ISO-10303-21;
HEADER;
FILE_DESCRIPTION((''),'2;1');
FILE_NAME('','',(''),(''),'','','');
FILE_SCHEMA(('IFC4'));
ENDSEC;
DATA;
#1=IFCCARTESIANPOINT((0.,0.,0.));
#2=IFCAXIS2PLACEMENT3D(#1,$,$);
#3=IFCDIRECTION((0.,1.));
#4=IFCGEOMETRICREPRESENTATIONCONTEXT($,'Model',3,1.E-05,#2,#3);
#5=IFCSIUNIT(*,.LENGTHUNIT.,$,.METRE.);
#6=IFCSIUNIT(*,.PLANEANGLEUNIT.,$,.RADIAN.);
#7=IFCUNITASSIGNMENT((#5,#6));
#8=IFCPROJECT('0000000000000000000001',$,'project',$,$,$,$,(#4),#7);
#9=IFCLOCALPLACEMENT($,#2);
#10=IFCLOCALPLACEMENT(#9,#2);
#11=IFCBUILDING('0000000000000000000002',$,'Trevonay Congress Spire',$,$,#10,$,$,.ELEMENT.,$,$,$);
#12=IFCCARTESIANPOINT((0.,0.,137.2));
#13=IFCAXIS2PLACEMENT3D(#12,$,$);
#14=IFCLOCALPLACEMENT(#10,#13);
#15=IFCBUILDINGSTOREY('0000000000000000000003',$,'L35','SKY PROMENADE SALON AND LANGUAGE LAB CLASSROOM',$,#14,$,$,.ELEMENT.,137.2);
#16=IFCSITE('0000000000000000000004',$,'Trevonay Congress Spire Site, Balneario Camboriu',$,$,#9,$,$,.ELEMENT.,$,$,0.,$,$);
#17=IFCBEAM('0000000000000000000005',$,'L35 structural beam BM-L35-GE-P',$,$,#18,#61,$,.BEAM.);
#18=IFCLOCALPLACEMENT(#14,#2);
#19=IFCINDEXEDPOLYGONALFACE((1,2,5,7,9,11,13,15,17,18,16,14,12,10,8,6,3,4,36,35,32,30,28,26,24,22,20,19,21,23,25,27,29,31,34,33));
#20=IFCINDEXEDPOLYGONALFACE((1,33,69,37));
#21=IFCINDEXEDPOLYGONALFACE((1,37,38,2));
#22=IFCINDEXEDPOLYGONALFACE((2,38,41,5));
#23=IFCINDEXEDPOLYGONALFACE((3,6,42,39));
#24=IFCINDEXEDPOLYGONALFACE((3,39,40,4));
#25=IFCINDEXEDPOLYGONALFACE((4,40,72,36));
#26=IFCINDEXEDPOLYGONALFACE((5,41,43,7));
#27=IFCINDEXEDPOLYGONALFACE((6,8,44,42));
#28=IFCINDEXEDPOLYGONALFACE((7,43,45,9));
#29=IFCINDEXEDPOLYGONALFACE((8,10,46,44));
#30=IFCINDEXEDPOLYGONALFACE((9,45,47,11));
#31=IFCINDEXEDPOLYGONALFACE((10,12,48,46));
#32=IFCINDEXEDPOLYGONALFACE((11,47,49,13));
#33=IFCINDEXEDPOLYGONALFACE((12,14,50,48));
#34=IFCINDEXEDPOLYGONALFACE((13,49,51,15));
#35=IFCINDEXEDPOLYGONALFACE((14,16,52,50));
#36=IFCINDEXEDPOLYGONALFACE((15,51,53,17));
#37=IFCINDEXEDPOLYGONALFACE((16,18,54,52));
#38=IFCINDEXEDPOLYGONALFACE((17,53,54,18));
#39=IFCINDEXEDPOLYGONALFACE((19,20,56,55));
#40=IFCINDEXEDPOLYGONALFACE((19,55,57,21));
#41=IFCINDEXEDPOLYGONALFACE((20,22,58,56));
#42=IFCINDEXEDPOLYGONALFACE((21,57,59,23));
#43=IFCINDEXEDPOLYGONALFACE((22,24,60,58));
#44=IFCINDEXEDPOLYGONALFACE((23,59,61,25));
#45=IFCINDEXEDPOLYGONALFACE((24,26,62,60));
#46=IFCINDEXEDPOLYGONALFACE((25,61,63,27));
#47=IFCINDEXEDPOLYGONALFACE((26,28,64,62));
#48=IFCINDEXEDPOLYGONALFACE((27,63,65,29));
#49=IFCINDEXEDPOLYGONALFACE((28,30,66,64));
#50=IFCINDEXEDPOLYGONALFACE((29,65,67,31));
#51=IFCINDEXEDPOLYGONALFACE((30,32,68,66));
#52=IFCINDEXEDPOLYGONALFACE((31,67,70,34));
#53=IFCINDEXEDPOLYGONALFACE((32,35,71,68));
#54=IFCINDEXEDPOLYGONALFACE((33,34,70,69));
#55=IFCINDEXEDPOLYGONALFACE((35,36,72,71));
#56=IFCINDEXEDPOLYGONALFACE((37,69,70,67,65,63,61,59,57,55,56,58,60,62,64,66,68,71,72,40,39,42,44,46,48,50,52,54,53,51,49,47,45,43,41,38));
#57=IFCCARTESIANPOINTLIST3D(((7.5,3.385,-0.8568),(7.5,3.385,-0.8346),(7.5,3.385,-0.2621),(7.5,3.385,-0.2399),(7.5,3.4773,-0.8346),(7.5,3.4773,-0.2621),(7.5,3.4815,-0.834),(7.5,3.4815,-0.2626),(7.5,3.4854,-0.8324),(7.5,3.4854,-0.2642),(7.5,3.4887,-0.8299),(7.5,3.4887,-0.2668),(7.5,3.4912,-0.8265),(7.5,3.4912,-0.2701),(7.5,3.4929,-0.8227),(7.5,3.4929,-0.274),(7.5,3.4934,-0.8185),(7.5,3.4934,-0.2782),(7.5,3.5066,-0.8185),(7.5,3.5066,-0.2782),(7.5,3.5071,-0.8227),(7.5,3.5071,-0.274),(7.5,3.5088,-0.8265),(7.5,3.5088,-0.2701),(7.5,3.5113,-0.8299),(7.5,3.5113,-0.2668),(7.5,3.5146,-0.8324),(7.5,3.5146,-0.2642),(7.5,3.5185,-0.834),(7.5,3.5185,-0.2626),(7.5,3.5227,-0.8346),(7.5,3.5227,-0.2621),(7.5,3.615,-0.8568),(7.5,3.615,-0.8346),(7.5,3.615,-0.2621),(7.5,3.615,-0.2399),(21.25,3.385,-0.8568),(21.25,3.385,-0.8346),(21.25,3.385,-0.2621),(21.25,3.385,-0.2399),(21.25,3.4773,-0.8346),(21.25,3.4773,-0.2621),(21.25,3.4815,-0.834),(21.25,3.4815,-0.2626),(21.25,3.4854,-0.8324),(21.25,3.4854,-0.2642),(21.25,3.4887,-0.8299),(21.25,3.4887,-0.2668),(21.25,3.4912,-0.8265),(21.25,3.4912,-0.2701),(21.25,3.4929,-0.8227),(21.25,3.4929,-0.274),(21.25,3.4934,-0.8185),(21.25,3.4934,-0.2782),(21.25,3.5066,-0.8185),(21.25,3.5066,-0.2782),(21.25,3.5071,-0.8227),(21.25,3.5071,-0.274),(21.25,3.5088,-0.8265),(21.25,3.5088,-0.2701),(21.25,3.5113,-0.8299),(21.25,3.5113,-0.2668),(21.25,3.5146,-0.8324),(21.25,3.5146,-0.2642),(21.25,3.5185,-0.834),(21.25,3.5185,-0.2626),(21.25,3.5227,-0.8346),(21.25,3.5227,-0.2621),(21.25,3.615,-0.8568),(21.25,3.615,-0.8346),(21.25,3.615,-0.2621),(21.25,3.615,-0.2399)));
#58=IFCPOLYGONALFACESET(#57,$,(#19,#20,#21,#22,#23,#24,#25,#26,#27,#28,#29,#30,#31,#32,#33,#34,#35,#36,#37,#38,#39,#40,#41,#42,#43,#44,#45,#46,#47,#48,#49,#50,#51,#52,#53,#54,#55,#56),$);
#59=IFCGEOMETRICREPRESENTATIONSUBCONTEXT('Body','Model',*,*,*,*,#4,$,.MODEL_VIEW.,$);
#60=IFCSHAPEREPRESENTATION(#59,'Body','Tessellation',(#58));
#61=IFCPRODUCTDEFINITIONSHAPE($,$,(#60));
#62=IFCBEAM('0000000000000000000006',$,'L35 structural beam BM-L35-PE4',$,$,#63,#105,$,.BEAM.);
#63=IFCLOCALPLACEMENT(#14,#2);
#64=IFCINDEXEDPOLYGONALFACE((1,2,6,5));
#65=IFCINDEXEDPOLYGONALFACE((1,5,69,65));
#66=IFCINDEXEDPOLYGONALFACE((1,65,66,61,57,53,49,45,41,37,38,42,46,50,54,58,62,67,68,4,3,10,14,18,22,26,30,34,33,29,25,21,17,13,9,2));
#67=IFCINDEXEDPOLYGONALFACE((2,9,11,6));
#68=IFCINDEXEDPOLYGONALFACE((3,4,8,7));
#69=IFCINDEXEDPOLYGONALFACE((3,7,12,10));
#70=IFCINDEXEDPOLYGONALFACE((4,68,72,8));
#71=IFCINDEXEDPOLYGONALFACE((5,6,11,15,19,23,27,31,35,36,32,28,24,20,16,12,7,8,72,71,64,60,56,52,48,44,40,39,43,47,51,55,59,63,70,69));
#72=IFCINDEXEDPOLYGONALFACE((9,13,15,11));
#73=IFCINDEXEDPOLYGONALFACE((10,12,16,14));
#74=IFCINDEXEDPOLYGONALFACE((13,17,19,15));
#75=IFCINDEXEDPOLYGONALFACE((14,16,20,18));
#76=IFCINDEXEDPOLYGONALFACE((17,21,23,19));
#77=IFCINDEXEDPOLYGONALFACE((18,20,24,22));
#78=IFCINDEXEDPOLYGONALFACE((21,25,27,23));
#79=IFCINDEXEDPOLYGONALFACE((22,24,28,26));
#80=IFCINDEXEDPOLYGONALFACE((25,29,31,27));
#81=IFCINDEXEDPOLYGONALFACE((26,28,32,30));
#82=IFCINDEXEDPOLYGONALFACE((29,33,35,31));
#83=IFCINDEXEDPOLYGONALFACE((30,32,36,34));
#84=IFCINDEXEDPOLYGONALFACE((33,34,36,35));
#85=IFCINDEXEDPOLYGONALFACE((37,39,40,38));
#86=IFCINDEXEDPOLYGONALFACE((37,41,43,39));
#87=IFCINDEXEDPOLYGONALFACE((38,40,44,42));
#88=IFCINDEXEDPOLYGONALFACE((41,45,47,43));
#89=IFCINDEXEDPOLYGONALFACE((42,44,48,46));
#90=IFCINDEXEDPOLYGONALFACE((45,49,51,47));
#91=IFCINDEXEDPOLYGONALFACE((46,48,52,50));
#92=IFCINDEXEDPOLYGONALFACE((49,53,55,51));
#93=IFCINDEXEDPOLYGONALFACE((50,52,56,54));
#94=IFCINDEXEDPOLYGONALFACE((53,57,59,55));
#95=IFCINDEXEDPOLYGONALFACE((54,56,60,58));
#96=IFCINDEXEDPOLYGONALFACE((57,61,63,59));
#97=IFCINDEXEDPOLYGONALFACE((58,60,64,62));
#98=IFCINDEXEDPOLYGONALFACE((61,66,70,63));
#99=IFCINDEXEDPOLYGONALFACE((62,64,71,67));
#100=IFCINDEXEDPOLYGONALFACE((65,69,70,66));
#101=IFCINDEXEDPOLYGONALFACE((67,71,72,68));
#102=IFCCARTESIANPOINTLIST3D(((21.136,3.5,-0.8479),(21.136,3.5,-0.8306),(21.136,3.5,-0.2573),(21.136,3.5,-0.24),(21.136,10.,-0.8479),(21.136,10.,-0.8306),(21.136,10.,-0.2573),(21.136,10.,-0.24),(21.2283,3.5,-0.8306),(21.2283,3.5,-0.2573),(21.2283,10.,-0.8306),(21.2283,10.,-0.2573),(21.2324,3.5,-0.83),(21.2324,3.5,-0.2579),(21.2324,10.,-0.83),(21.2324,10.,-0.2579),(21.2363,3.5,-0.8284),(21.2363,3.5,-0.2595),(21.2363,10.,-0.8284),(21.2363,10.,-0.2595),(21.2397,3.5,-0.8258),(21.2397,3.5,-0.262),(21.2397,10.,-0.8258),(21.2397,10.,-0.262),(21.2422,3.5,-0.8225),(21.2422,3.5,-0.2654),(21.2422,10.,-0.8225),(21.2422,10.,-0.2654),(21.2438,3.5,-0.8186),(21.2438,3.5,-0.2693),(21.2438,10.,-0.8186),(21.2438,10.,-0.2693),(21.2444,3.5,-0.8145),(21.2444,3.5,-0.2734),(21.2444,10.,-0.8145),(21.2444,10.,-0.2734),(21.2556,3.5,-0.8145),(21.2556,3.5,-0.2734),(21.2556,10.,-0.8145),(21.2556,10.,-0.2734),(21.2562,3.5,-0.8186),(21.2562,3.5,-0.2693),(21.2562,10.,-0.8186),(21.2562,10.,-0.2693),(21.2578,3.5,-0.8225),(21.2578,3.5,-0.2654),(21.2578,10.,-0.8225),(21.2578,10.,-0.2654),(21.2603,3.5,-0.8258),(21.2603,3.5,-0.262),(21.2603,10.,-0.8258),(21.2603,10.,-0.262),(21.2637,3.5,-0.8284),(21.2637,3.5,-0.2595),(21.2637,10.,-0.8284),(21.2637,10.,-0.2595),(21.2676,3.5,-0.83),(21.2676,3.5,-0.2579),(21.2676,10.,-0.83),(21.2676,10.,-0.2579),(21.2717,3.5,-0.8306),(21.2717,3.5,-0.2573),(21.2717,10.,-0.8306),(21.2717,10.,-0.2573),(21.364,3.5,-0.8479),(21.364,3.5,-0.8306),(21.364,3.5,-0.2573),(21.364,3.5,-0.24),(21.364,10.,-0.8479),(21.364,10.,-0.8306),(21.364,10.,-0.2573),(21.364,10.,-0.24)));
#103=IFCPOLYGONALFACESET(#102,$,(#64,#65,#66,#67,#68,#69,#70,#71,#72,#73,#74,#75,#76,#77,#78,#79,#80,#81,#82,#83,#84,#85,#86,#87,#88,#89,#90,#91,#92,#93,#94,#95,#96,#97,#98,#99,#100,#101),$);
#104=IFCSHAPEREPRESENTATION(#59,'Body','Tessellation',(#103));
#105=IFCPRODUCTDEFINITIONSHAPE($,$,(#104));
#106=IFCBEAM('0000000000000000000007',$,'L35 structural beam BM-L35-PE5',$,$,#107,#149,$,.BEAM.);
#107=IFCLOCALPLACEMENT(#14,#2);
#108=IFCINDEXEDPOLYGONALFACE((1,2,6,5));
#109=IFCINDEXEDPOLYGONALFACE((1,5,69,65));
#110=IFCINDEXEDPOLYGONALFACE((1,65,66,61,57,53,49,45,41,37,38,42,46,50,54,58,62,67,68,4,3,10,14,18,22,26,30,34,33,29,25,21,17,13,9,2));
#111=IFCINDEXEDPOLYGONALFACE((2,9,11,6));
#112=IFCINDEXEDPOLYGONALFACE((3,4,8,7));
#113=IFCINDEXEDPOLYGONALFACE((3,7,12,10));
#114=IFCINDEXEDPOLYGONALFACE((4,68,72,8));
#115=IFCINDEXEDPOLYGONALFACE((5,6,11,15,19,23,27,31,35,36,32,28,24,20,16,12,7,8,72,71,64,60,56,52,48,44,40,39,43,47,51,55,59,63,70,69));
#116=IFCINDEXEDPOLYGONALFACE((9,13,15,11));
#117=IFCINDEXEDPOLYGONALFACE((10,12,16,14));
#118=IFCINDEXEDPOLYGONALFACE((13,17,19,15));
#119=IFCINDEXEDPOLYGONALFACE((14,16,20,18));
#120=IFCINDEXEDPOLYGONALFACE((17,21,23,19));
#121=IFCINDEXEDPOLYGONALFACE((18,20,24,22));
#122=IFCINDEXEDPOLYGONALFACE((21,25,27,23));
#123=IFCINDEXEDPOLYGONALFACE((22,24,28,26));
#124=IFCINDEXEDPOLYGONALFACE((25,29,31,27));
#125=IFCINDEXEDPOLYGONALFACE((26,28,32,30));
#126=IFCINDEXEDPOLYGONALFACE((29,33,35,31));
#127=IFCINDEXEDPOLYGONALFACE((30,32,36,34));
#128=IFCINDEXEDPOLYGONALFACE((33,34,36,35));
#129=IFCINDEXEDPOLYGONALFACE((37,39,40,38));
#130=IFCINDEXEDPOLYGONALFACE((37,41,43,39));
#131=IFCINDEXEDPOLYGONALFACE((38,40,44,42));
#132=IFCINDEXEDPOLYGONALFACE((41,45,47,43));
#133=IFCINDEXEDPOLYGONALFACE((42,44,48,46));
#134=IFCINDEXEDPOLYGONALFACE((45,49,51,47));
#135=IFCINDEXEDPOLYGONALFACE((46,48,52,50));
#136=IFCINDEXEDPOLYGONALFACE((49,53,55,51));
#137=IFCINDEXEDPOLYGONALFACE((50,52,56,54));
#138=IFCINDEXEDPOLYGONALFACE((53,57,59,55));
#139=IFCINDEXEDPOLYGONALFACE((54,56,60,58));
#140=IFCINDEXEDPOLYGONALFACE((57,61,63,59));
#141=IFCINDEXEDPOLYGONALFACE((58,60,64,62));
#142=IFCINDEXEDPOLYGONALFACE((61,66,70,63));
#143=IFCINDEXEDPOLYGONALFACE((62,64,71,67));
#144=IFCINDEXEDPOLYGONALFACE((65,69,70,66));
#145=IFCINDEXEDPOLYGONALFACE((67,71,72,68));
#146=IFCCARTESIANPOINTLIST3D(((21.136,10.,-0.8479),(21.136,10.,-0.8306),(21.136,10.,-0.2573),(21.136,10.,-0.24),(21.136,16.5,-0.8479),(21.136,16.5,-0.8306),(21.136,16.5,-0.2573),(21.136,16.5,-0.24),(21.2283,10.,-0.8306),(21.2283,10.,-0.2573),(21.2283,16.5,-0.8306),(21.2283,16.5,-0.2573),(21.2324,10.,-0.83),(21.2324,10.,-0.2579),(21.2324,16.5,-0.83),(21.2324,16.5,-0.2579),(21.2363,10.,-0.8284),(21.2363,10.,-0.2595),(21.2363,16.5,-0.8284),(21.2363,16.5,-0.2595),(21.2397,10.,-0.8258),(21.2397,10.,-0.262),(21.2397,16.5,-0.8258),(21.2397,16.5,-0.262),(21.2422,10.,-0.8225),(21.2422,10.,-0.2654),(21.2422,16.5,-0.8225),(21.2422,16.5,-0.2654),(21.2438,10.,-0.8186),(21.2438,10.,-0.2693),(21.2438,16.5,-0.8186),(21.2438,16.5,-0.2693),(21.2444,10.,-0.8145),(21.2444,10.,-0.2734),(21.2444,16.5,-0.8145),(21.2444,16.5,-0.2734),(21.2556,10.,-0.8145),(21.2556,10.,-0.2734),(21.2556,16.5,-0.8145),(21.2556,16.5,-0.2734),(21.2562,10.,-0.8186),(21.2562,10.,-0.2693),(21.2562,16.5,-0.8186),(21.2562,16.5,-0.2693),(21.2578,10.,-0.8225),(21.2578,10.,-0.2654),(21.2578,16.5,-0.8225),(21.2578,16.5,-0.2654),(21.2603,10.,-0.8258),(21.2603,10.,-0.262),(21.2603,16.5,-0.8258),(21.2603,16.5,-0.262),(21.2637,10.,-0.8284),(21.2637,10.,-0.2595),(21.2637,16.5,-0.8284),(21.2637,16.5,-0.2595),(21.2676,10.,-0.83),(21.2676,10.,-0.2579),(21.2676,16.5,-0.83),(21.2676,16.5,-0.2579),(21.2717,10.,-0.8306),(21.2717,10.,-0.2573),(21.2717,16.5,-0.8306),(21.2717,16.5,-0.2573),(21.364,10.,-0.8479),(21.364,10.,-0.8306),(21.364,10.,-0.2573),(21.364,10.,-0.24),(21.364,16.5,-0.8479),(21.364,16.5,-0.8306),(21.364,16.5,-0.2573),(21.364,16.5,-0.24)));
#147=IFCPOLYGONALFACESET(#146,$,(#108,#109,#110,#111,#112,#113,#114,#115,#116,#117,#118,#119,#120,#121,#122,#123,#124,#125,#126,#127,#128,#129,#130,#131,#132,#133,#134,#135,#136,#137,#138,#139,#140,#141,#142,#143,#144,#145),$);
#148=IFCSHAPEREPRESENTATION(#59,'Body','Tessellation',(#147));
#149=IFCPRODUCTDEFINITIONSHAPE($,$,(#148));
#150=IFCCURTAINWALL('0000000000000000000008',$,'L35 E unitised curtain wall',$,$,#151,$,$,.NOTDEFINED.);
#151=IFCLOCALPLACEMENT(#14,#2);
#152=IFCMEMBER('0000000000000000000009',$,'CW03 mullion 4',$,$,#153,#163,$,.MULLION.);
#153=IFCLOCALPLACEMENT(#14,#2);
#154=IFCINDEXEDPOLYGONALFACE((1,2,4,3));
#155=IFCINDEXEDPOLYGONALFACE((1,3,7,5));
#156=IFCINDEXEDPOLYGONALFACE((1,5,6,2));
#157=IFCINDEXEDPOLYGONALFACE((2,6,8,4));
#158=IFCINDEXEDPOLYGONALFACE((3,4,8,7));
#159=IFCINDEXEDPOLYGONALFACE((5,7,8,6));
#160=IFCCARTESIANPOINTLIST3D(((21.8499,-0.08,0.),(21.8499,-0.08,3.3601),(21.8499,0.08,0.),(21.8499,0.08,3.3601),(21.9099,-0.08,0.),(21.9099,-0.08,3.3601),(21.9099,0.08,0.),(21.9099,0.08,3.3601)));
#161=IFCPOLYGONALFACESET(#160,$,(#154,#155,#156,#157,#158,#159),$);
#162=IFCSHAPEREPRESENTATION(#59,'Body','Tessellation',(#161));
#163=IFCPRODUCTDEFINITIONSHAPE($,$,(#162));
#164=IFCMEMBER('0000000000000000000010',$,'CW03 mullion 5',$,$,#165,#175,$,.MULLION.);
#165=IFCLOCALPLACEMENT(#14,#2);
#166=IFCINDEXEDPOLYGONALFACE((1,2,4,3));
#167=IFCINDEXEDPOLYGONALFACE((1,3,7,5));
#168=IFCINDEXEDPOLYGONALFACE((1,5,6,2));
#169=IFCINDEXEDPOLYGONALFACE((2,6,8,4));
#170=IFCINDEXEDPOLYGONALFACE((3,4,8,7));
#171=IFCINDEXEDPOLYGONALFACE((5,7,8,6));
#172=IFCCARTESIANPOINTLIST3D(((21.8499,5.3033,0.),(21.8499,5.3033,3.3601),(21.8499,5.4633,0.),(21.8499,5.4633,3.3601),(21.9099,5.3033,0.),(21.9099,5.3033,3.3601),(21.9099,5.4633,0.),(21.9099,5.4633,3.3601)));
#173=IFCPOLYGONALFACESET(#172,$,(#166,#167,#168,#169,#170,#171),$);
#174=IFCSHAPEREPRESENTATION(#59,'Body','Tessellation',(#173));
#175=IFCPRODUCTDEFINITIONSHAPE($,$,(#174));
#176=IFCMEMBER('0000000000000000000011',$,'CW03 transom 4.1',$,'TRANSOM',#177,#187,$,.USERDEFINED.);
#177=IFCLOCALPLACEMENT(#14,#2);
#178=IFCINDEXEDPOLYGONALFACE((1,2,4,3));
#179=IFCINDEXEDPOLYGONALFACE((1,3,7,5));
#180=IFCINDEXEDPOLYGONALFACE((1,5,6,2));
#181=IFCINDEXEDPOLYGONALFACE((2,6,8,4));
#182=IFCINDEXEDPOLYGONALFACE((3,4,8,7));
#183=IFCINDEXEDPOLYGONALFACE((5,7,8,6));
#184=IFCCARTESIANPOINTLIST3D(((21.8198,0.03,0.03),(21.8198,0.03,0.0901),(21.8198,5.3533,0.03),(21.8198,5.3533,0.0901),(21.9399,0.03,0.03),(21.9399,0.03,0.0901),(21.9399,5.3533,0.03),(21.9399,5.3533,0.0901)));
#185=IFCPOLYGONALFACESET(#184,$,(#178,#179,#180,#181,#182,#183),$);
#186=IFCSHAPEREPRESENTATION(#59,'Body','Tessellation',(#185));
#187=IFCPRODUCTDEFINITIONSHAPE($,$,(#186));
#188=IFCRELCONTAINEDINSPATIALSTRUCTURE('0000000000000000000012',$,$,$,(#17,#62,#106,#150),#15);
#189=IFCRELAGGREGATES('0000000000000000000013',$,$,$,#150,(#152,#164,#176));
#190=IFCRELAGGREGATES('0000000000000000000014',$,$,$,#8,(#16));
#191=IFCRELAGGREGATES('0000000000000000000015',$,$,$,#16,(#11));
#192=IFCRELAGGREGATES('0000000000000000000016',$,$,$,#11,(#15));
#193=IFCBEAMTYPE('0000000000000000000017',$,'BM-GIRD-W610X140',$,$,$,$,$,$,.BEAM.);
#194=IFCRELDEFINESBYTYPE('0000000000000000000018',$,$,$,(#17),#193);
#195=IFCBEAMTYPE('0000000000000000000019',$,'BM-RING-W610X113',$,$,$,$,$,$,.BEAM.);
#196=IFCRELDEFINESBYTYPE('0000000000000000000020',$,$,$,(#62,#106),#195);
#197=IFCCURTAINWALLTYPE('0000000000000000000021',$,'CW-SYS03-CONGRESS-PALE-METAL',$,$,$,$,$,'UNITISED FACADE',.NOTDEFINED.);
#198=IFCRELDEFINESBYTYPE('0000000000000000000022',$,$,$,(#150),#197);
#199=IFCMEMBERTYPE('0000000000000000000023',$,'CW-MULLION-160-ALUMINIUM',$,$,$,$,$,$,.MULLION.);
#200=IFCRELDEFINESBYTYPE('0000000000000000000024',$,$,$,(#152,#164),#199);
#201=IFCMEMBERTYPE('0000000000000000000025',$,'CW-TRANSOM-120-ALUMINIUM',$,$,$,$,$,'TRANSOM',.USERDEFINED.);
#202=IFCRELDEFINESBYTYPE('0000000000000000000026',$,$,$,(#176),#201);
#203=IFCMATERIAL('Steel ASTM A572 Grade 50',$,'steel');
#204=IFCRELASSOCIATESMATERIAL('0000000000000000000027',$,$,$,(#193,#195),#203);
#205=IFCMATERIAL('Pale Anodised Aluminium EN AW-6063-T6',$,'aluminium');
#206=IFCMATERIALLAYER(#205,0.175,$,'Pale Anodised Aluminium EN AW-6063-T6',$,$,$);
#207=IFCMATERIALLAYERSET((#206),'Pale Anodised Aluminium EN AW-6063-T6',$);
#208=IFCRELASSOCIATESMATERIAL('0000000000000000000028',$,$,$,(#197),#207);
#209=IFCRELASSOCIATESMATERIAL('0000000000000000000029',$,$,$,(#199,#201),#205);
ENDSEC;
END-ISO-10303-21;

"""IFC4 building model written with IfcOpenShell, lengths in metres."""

from ifc_helpers import new_model, si_unit, direction, frame, origin, origin_2d, place, context, subcontext, project, spatial, rectangle, i_section, extrude, material, layer, layer_set, material_profile, profile_set, type_object, element, aggregate, save


model = new_model("IFC4")

# Units and contexts
model_context = context("Model", 3, precision=1e-05, world=origin(), true_north=direction((0.0, 1.0)))
body_context = subcontext(model_context, "Body", "Model", "MODEL_VIEW")
ifc_project = project(units=[si_unit("LENGTHUNIT", "METRE"), si_unit("PLANEANGLEUNIT", "RADIAN")], contexts=[model_context])

# Site, building, storey
site_placement = place(None, origin())
site = spatial("IfcSite", under=ifc_project, at=site_placement, Name="Trevonay Congress Spire Site, Balneario Camboriu", CompositionType="ELEMENT", RefElevation=0.0)
building_placement = place(site_placement, origin())
building = spatial("IfcBuilding", under=site, at=building_placement, Name="Trevonay Congress Spire", CompositionType="ELEMENT")
storey_placement = place(building_placement, frame((0.0, 0.0, 137.2)))
storey = spatial("IfcBuildingStorey", under=building, at=storey_placement, Name="L35", Description="SKY PROMENADE SALON AND LANGUAGE LAB CLASSROOM", CompositionType="ELEMENT", Elevation=137.2)

# Shared definitions
ifc_material_1 = material(Name="Steel ASTM A572 Grade 50", Category="steel")

# Beams
ifc_material_profile_1 = material_profile(ifc_material_1, i_section(OverallWidth=0.23, OverallDepth=0.6169, WebThickness=0.0132, FlangeThickness=0.0222, FilletRadius=0.0161, at=origin_2d()), Name="W610x140")
ifc_profile_set_1 = profile_set([ifc_material_profile_1], Name="Steel ASTM A572 Grade 50")
beam_type_1 = type_object("IfcBeamType", Name="BM-GIRD-W610X140", PredefinedType="BEAM", material=ifc_profile_set_1)
beam_1_placement = place(storey_placement, frame((7.5, 3.5, -0.5483), z_axis=(1.0, 0.0, 0.0), x_axis=(0.0, 1.0, 0.0)))
element("IfcBeam", 1, at=beam_1_placement, inside=storey, type_object=beam_type_1, Name="L35 structural beam BM-L35-GE-P", PredefinedType="BEAM", context=body_context, shape_type="SweptSolid", body=[
    extrude(i_section(OverallWidth=0.23, OverallDepth=0.6169, WebThickness=0.0132, FlangeThickness=0.0222, FilletRadius=0.0161, at=origin_2d()), origin(), (0.0, 0.0, 1.0), 13.75),
])
ifc_material_profile_2 = material_profile(ifc_material_1, i_section(OverallWidth=0.228, OverallDepth=0.6079, WebThickness=0.0112, FlangeThickness=0.0173, FilletRadius=0.0161, at=origin_2d()), Name="W610x113")
ifc_profile_set_2 = profile_set([ifc_material_profile_2], Name="Steel ASTM A572 Grade 50")
beam_type_2 = type_object("IfcBeamType", Name="BM-RING-W610X113", PredefinedType="BEAM", material=ifc_profile_set_2)
for number, where, z_axis, x_axis, name in (
    (2, (21.25, 3.5, -0.5439), (0.0, 1.0, 0.0), (-1.0, 0.0, 0.0), "L35 structural beam BM-L35-PE4"),
    (3, (21.25, 10.0, -0.5439), (0.0, 1.0, 0.0), (-1.0, 0.0, 0.0), "L35 structural beam BM-L35-PE5"),
):
    element("IfcBeam", number, at=place(storey_placement, frame(where, z_axis=z_axis, x_axis=x_axis)), inside=storey, type_object=beam_type_2, Name=name, PredefinedType="BEAM", context=body_context, shape_type="SweptSolid", body=[
        extrude(i_section(OverallWidth=0.228, OverallDepth=0.6079, WebThickness=0.0112, FlangeThickness=0.0173, FilletRadius=0.0161, at=origin_2d()), origin(), (0.0, 0.0, 1.0), 6.5),
    ])

# Curtain wall, members
ifc_material_2 = material(Name="Pale Anodised Aluminium EN AW-6063-T6", Category="aluminium")
ifc_layer_1 = layer(ifc_material_2, 0.175, Name="Pale Anodised Aluminium EN AW-6063-T6")
ifc_layer_set_1 = layer_set([ifc_layer_1], Name="Pale Anodised Aluminium EN AW-6063-T6")
curtain_wall_type = type_object("IfcCurtainWallType", Name="CW-SYS03-CONGRESS-PALE-METAL", ElementType="UNITISED FACADE", PredefinedType="NOTDEFINED", material=ifc_layer_set_1)
curtain_wall_placement = place(storey_placement, origin())
curtain_wall = element("IfcCurtainWall", 4, at=curtain_wall_placement, inside=storey, type_object=curtain_wall_type, Name="L35 E unitised curtain wall", PredefinedType="NOTDEFINED")
ifc_material_profile_3 = material_profile(ifc_material_2, rectangle(XDim=0.0601, YDim=0.1599, at=origin_2d()), Name="CW-MULLION-160-ALUMINIUM")
ifc_profile_set_3 = profile_set([ifc_material_profile_3], Name="Pale Anodised Aluminium EN AW-6063-T6")
member_type_1 = type_object("IfcMemberType", Name="CW-MULLION-160-ALUMINIUM", PredefinedType="MULLION", material=ifc_profile_set_3)
member_1_placement = place(storey_placement, frame((21.8799, 0.0, 0.0), z_axis=(0.0, 0.0, 1.0), x_axis=(-1.0, 0.0, 0.0)))
member_1 = element("IfcMember", 5, at=member_1_placement, type_object=member_type_1, Name="CW03 mullion 4", PredefinedType="MULLION", context=body_context, shape_type="SweptSolid", body=[
    extrude(rectangle(XDim=0.0601, YDim=0.1599, at=origin_2d()), origin(), (0.0, 0.0, 1.0), 3.3601),
])
member_2_placement = place(storey_placement, frame((21.8799, 5.3833, 0.0), z_axis=(0.0, 0.0, 1.0), x_axis=(-1.0, 0.0, 0.0)))
member_2 = element("IfcMember", 6, at=member_2_placement, type_object=member_type_1, Name="CW03 mullion 5", PredefinedType="MULLION", context=body_context, shape_type="SweptSolid", body=[
    extrude(rectangle(XDim=0.0601, YDim=0.1599, at=origin_2d()), origin(), (0.0, 0.0, 1.0), 3.3601),
])
ifc_material_profile_4 = material_profile(ifc_material_2, rectangle(XDim=0.1201, YDim=0.0601, at=origin_2d()), Name="CW-TRANSOM-120-ALUMINIUM")
ifc_profile_set_4 = profile_set([ifc_material_profile_4], Name="Pale Anodised Aluminium EN AW-6063-T6")
member_type_2 = type_object("IfcMemberType", Name="CW-TRANSOM-120-ALUMINIUM", ElementType="TRANSOM", PredefinedType="USERDEFINED", material=ifc_profile_set_4)
member_3_placement = place(storey_placement, frame((21.8799, 0.03, 0.0601), z_axis=(0.0, 1.0, 0.0), x_axis=(-1.0, 0.0, 0.0)))
member_3 = element("IfcMember", 7, at=member_3_placement, type_object=member_type_2, Name="CW03 transom 4.1", ObjectType="TRANSOM", PredefinedType="USERDEFINED", context=body_context, shape_type="SweptSolid", body=[
    extrude(rectangle(XDim=0.1201, YDim=0.0601, at=origin_2d()), origin(), (0.0, 0.0, 1.0), 5.3232),
])

aggregate(curtain_wall, [member_1, member_2, member_3])

save(model, "model.ifc")
